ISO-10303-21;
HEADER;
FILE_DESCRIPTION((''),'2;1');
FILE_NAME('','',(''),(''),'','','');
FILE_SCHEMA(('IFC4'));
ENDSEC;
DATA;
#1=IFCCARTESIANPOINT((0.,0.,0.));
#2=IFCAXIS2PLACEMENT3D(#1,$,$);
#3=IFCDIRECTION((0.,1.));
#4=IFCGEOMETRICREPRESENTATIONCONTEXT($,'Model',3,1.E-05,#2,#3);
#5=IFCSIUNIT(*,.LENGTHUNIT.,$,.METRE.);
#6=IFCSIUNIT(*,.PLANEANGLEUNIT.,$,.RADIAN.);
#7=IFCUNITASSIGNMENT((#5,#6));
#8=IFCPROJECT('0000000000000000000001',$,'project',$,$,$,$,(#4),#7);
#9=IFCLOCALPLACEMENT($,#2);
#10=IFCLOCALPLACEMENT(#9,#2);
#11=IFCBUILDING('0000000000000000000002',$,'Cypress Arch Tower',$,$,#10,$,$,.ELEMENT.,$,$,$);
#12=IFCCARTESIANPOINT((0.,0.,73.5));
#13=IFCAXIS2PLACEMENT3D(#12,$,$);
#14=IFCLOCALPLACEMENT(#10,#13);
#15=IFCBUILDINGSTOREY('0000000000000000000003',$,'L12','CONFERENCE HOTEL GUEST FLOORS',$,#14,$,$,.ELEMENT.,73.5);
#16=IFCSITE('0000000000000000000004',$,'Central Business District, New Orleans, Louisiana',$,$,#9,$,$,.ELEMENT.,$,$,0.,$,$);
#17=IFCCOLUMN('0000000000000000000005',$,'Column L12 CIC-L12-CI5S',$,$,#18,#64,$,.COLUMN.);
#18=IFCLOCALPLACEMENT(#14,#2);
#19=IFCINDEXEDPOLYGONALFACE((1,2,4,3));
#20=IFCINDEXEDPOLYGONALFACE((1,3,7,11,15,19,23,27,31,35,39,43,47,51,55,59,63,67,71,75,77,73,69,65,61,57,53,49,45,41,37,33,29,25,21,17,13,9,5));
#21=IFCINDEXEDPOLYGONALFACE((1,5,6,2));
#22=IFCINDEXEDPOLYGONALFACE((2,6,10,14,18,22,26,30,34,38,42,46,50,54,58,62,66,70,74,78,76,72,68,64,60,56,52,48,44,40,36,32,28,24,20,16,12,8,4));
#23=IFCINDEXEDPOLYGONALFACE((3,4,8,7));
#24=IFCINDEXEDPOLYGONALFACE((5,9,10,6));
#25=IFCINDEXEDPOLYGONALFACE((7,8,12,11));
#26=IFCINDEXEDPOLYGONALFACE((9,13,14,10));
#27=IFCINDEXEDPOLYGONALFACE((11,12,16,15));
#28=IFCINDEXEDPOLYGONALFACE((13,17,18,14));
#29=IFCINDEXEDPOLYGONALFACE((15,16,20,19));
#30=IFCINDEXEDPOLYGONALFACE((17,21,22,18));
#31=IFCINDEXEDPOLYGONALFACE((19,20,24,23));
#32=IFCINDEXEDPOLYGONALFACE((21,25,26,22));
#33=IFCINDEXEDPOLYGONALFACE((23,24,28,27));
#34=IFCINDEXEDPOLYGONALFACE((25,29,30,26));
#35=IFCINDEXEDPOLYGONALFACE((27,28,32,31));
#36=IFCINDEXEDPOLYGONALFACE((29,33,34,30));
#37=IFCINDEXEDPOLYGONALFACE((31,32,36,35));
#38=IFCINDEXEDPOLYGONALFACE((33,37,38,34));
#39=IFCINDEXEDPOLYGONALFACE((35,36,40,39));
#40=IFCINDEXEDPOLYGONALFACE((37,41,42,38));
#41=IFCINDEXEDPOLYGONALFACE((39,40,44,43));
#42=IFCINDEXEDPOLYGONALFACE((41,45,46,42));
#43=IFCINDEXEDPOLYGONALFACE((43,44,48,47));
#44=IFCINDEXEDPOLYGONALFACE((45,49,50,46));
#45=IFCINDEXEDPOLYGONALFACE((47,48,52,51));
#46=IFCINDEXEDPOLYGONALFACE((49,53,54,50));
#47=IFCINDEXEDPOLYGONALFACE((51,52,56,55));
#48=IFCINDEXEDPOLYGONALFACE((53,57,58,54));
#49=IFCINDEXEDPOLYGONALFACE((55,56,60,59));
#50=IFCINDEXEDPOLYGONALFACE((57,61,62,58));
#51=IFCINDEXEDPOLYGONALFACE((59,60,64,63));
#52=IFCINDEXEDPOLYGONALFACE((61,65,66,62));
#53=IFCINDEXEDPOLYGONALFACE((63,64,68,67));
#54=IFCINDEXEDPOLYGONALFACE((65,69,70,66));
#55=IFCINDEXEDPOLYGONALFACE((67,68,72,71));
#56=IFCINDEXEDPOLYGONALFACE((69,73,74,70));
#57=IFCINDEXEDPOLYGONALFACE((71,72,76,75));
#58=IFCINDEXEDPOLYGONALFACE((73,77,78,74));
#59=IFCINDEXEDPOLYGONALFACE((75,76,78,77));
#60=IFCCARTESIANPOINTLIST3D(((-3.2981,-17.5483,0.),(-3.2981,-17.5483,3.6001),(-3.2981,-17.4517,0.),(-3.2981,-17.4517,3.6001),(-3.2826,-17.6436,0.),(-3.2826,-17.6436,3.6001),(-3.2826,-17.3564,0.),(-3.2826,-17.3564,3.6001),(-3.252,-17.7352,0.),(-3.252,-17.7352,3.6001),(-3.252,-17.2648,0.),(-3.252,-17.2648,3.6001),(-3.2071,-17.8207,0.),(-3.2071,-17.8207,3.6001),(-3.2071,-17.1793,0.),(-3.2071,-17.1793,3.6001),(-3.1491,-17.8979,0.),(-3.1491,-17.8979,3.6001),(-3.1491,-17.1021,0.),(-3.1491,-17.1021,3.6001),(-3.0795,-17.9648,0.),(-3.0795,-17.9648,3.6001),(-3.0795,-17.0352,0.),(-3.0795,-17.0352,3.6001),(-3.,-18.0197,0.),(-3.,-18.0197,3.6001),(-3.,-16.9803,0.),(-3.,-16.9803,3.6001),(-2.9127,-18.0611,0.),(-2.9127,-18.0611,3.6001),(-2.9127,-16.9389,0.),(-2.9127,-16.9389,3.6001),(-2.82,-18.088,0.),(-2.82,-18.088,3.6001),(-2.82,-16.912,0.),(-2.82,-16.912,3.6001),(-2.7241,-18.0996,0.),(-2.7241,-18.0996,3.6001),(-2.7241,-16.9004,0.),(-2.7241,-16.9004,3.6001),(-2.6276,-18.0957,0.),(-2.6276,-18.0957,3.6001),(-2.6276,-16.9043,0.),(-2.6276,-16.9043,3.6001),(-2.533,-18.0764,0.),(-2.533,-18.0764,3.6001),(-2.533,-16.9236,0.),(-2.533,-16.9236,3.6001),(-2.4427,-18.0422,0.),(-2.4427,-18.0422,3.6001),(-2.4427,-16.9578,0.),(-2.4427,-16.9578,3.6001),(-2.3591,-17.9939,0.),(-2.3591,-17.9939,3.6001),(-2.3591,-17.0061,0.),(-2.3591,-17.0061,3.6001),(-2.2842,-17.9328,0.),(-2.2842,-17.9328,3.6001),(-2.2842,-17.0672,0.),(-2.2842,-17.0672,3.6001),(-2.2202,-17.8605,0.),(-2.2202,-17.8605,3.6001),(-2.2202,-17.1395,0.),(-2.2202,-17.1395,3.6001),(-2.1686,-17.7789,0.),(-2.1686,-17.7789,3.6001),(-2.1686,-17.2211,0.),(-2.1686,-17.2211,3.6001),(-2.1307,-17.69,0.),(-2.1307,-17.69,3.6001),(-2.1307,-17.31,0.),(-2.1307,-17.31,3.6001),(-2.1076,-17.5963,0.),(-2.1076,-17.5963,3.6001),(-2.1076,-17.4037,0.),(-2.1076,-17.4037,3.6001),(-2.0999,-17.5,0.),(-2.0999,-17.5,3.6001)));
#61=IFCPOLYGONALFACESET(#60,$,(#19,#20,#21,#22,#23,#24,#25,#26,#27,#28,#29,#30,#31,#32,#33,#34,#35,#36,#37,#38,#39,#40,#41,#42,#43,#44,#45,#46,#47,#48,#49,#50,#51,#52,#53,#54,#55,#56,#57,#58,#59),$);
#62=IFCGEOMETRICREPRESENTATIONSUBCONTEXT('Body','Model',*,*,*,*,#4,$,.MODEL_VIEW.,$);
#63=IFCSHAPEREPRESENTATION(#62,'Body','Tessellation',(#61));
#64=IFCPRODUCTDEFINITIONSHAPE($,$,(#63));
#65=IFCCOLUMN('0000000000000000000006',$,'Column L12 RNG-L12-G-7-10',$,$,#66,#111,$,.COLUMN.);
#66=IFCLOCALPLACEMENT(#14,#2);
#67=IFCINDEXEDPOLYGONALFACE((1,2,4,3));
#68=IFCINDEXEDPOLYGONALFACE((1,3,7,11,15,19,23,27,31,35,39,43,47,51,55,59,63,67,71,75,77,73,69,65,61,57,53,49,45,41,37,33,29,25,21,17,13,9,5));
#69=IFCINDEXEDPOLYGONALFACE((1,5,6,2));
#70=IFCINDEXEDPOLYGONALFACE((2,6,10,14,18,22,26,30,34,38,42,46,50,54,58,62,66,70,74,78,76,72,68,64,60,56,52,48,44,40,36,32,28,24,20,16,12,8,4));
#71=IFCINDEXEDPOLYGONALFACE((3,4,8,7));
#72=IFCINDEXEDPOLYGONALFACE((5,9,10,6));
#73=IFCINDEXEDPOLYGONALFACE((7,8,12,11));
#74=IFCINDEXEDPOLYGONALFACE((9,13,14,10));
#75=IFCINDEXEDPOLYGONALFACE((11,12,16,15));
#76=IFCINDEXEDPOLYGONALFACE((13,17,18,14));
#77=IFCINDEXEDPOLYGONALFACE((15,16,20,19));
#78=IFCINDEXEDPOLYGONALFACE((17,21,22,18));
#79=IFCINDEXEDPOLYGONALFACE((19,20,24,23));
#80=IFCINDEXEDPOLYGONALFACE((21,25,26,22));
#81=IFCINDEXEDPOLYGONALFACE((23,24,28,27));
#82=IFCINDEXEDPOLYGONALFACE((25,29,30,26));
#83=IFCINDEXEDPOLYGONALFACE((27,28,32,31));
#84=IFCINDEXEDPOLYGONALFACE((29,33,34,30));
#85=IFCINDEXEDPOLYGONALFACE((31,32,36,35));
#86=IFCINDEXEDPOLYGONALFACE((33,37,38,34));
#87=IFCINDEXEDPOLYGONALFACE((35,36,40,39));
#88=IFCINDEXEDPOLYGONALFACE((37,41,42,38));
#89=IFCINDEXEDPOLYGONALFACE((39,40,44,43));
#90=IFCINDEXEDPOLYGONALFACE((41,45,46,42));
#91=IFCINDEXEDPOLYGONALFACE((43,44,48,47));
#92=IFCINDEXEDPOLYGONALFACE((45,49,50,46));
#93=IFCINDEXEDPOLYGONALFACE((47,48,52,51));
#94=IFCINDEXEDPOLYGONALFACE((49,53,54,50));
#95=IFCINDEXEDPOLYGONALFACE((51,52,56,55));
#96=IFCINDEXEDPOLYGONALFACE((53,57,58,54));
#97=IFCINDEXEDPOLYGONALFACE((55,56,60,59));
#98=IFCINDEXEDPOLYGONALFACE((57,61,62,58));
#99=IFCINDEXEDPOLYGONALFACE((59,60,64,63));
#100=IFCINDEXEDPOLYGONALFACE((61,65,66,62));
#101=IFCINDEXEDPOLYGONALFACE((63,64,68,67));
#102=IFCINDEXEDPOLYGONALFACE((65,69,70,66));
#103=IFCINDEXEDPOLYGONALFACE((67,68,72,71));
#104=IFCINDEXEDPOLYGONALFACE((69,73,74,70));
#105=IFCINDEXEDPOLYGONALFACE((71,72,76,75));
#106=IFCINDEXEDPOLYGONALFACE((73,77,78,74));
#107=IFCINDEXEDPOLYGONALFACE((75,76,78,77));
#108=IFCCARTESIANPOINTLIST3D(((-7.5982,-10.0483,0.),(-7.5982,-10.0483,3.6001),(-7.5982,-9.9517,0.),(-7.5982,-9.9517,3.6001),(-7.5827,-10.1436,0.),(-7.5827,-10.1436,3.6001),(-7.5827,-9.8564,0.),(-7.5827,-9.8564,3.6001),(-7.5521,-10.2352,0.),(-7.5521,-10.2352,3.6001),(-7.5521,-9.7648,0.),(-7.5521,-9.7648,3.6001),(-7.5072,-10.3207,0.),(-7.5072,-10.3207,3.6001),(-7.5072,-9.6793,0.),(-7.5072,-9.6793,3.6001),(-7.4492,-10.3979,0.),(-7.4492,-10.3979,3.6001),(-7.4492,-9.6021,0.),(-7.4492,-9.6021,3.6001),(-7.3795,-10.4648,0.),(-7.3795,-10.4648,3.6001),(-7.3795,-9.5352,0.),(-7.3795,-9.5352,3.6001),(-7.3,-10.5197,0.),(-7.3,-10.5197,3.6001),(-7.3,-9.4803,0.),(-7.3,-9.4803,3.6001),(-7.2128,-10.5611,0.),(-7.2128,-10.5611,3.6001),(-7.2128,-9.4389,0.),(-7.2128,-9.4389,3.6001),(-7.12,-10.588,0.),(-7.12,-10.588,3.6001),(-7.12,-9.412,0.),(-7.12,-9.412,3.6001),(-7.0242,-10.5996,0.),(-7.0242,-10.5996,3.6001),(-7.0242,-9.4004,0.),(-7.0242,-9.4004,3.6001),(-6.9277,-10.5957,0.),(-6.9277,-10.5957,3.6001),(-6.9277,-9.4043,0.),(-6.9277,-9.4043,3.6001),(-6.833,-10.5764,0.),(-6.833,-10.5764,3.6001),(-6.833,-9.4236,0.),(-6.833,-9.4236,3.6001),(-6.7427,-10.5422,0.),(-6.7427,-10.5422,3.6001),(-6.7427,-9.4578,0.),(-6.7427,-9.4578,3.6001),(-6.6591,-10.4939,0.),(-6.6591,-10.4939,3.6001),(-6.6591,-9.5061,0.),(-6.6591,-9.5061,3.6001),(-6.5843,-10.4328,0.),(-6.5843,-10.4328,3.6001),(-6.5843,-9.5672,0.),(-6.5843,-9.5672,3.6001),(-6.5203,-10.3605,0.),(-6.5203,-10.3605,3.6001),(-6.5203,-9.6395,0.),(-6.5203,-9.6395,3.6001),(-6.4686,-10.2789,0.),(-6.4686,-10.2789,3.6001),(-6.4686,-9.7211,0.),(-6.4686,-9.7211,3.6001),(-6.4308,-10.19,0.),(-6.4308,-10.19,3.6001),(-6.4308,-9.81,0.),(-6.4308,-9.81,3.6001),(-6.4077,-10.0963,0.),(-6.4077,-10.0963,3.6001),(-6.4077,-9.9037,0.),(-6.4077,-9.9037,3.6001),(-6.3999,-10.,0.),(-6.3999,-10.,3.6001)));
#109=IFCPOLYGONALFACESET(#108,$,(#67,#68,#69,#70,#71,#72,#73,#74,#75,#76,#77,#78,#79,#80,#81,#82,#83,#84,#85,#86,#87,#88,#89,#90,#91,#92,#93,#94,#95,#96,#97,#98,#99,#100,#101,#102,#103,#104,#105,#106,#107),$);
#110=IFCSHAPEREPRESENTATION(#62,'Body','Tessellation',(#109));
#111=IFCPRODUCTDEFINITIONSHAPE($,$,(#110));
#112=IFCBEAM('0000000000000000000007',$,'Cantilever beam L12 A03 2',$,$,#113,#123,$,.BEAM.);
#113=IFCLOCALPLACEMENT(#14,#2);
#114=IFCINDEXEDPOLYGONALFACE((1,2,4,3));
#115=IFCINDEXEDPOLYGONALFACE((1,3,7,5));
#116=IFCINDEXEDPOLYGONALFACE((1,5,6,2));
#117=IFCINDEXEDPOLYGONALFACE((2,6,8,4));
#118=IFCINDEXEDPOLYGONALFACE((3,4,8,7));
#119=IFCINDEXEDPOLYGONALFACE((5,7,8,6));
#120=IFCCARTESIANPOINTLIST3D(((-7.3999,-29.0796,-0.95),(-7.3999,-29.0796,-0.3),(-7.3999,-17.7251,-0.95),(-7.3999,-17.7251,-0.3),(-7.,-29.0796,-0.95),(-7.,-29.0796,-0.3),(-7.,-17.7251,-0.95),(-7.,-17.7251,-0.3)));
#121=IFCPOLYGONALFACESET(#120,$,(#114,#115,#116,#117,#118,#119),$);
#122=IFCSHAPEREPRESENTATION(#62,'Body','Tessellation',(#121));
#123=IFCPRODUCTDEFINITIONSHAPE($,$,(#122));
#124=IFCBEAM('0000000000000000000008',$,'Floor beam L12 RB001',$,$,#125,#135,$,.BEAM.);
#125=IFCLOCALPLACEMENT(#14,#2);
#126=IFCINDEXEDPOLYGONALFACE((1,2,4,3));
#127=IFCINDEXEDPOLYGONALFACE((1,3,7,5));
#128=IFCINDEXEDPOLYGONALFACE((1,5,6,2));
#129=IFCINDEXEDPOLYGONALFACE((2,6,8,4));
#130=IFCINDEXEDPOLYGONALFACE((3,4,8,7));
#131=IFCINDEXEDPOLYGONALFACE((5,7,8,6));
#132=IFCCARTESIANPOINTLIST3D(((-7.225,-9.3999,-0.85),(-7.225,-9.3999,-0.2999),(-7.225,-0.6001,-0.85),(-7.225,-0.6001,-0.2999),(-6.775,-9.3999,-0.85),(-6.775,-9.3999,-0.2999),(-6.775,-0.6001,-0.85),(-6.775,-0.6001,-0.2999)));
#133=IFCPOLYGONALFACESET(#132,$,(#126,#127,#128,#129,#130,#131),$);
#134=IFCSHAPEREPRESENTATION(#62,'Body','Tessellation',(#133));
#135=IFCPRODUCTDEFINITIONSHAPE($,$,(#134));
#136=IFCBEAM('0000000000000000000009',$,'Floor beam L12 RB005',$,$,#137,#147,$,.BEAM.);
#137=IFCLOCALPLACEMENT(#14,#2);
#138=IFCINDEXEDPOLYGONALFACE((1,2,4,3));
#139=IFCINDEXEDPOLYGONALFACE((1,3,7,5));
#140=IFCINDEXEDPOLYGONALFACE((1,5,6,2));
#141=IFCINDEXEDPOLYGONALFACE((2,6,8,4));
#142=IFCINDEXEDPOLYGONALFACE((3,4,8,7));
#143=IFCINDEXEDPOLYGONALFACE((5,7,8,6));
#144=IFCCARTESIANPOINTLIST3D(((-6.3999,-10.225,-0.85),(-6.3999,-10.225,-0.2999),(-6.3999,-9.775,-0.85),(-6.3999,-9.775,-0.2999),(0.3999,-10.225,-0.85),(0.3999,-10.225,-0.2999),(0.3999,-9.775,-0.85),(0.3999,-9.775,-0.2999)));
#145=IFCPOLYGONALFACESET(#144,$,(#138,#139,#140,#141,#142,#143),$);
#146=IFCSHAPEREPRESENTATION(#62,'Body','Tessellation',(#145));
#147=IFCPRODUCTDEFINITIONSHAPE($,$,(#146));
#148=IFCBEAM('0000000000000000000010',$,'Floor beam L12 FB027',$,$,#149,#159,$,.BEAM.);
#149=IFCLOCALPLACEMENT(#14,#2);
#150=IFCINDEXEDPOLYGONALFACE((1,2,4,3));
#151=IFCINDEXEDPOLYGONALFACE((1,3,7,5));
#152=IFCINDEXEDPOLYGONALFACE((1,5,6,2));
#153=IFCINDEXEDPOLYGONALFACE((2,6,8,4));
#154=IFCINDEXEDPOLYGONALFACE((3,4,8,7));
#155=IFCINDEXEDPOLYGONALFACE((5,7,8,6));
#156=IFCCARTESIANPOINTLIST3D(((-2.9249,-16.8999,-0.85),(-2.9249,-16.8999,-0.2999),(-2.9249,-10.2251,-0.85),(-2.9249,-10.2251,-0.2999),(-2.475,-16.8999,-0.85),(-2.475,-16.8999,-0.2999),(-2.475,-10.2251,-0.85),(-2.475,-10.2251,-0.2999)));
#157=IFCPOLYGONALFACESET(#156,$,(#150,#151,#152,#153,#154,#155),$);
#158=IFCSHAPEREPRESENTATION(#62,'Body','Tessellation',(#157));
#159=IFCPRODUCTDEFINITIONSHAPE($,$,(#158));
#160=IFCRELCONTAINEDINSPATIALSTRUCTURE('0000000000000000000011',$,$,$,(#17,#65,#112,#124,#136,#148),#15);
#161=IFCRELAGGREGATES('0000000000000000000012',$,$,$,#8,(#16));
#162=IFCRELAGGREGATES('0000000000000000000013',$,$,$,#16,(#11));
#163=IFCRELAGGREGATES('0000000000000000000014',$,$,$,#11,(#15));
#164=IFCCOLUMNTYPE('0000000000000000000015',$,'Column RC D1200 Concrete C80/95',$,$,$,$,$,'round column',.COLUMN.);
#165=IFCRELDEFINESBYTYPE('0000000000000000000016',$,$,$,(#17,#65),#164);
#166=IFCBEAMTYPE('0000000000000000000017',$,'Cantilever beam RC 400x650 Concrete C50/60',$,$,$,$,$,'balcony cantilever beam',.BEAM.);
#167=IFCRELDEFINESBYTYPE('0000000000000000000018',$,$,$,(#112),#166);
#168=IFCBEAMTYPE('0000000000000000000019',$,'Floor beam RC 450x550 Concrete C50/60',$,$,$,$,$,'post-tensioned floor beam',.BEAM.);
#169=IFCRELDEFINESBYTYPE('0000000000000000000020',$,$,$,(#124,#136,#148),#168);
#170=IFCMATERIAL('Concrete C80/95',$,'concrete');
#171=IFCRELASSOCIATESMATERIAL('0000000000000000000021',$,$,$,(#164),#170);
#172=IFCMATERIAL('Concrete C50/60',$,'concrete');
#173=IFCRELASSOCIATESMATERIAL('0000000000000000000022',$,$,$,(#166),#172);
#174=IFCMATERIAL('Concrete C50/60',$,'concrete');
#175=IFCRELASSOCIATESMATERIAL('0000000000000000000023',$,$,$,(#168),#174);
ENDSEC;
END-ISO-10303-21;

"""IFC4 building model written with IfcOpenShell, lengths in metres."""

from ifc_helpers import new_model, si_unit, direction, frame, origin, origin_2d, place, context, subcontext, project, spatial, rectangle, circle, extrude, material, material_profile, profile_set, type_object, element, save


model = new_model("IFC4")

# Units and contexts
model_context = context("Model", 3, precision=1e-05, world=origin(), true_north=direction((0.0, 1.0)))
body_context = subcontext(model_context, "Body", "Model", "MODEL_VIEW")
ifc_project = project(units=[si_unit("LENGTHUNIT", "METRE"), si_unit("PLANEANGLEUNIT", "RADIAN")], contexts=[model_context])

# Site, building, storey
site_placement = place(None, origin())
site = spatial("IfcSite", under=ifc_project, at=site_placement, Name="Central Business District, New Orleans, Louisiana", CompositionType="ELEMENT", RefElevation=0.0)
building_placement = place(site_placement, origin())
building = spatial("IfcBuilding", under=site, at=building_placement, Name="Cypress Arch Tower", CompositionType="ELEMENT")
storey_placement = place(building_placement, frame((0.0, 0.0, 73.5)))
storey = spatial("IfcBuildingStorey", under=building, at=storey_placement, Name="L12", Description="CONFERENCE HOTEL GUEST FLOORS", CompositionType="ELEMENT", Elevation=73.5)

# Columns
ifc_material_1 = material(Name="Concrete C80/95", Category="concrete")
ifc_material_profile_1 = material_profile(ifc_material_1, circle(Radius=0.6001, at=origin_2d()), Name="RC D1200")
ifc_profile_set_1 = profile_set([ifc_material_profile_1], Name="Concrete C80/95")
column_type = type_object("IfcColumnType", Name="Column RC D1200 Concrete C80/95", ElementType="round column", PredefinedType="COLUMN", material=ifc_profile_set_1)
for number, where, z_axis, x_axis, name in (
    (1, (-2.7, -17.5, 0.0), (0.0, 0.0, 1.0), (1.0, 0.0, 0.0), "Column L12 CIC-L12-CI5S"),
    (2, (-7.0, -10.0, 0.0), (0.0, 0.0, 1.0), (1.0, 0.0, 0.0), "Column L12 RNG-L12-G-7-10"),
):
    element("IfcColumn", number, at=place(storey_placement, frame(where, z_axis=z_axis, x_axis=x_axis)), inside=storey, type_object=column_type, Name=name, PredefinedType="COLUMN", context=body_context, shape_type="SweptSolid", body=[
        extrude(circle(Radius=0.6001, at=origin_2d()), origin(), (0.0, 0.0, 1.0), 3.6001),
    ])

# Beams
ifc_material_2 = material(Name="Concrete C50/60", Category="concrete")
ifc_material_profile_2 = material_profile(ifc_material_2, rectangle(XDim=0.3999, YDim=0.6499, at=origin_2d()), Name="RC 400x650")
ifc_profile_set_2 = profile_set([ifc_material_profile_2], Name="Concrete C50/60")
beam_type_1 = type_object("IfcBeamType", Name="Cantilever beam RC 400x650 Concrete C50/60", ElementType="balcony cantilever beam", PredefinedType="BEAM", material=ifc_profile_set_2)
beam_1_placement = place(storey_placement, frame((-7.2, -17.7251, -0.625), z_axis=(0.0, -1.0, 0.0), x_axis=(1.0, 0.0, 0.0)))
element("IfcBeam", 3, at=beam_1_placement, inside=storey, type_object=beam_type_1, Name="Cantilever beam L12 A03 2", PredefinedType="BEAM", context=body_context, shape_type="SweptSolid", body=[
    extrude(rectangle(XDim=0.3999, YDim=0.6499, at=origin_2d()), origin(), (0.0, 0.0, 1.0), 11.3545),
])
ifc_material_3 = material(Name="Concrete C50/60", Category="concrete")
ifc_material_profile_3 = material_profile(ifc_material_3, rectangle(XDim=0.45, YDim=0.55, at=origin_2d()), Name="RC 450x550")
ifc_profile_set_3 = profile_set([ifc_material_profile_3], Name="Concrete C50/60")
beam_type_2 = type_object("IfcBeamType", Name="Floor beam RC 450x550 Concrete C50/60", ElementType="post-tensioned floor beam", PredefinedType="BEAM", material=ifc_profile_set_3)
beam_2_placement = place(storey_placement, frame((-7.0, -9.3999, -0.575), z_axis=(0.0, 1.0, 0.0), x_axis=(-1.0, 0.0, 0.0)))
element("IfcBeam", 4, at=beam_2_placement, inside=storey, type_object=beam_type_2, Name="Floor beam L12 RB001", PredefinedType="BEAM", context=body_context, shape_type="SweptSolid", body=[
    extrude(rectangle(XDim=0.45, YDim=0.55, at=origin_2d()), origin(), (0.0, 0.0, 1.0), 8.7998),
])
beam_3_placement = place(storey_placement, frame((-6.3999, -10.0, -0.575), z_axis=(1.0, 0.0, 0.0), x_axis=(0.0, 1.0, 0.0)))
element("IfcBeam", 5, at=beam_3_placement, inside=storey, type_object=beam_type_2, Name="Floor beam L12 RB005", PredefinedType="BEAM", context=body_context, shape_type="SweptSolid", body=[
    extrude(rectangle(XDim=0.45, YDim=0.55, at=origin_2d()), origin(), (0.0, 0.0, 1.0), 6.7998),
])
beam_4_placement = place(storey_placement, frame((-2.7, -16.8999, -0.575), z_axis=(0.0, 1.0, 0.0), x_axis=(-1.0, 0.0, 0.0)))
element("IfcBeam", 6, at=beam_4_placement, inside=storey, type_object=beam_type_2, Name="Floor beam L12 FB027", PredefinedType="BEAM", context=body_context, shape_type="SweptSolid", body=[
    extrude(rectangle(XDim=0.45, YDim=0.55, at=origin_2d()), origin(), (0.0, 0.0, 1.0), 6.6748),
])

save(model, "model.ifc")
